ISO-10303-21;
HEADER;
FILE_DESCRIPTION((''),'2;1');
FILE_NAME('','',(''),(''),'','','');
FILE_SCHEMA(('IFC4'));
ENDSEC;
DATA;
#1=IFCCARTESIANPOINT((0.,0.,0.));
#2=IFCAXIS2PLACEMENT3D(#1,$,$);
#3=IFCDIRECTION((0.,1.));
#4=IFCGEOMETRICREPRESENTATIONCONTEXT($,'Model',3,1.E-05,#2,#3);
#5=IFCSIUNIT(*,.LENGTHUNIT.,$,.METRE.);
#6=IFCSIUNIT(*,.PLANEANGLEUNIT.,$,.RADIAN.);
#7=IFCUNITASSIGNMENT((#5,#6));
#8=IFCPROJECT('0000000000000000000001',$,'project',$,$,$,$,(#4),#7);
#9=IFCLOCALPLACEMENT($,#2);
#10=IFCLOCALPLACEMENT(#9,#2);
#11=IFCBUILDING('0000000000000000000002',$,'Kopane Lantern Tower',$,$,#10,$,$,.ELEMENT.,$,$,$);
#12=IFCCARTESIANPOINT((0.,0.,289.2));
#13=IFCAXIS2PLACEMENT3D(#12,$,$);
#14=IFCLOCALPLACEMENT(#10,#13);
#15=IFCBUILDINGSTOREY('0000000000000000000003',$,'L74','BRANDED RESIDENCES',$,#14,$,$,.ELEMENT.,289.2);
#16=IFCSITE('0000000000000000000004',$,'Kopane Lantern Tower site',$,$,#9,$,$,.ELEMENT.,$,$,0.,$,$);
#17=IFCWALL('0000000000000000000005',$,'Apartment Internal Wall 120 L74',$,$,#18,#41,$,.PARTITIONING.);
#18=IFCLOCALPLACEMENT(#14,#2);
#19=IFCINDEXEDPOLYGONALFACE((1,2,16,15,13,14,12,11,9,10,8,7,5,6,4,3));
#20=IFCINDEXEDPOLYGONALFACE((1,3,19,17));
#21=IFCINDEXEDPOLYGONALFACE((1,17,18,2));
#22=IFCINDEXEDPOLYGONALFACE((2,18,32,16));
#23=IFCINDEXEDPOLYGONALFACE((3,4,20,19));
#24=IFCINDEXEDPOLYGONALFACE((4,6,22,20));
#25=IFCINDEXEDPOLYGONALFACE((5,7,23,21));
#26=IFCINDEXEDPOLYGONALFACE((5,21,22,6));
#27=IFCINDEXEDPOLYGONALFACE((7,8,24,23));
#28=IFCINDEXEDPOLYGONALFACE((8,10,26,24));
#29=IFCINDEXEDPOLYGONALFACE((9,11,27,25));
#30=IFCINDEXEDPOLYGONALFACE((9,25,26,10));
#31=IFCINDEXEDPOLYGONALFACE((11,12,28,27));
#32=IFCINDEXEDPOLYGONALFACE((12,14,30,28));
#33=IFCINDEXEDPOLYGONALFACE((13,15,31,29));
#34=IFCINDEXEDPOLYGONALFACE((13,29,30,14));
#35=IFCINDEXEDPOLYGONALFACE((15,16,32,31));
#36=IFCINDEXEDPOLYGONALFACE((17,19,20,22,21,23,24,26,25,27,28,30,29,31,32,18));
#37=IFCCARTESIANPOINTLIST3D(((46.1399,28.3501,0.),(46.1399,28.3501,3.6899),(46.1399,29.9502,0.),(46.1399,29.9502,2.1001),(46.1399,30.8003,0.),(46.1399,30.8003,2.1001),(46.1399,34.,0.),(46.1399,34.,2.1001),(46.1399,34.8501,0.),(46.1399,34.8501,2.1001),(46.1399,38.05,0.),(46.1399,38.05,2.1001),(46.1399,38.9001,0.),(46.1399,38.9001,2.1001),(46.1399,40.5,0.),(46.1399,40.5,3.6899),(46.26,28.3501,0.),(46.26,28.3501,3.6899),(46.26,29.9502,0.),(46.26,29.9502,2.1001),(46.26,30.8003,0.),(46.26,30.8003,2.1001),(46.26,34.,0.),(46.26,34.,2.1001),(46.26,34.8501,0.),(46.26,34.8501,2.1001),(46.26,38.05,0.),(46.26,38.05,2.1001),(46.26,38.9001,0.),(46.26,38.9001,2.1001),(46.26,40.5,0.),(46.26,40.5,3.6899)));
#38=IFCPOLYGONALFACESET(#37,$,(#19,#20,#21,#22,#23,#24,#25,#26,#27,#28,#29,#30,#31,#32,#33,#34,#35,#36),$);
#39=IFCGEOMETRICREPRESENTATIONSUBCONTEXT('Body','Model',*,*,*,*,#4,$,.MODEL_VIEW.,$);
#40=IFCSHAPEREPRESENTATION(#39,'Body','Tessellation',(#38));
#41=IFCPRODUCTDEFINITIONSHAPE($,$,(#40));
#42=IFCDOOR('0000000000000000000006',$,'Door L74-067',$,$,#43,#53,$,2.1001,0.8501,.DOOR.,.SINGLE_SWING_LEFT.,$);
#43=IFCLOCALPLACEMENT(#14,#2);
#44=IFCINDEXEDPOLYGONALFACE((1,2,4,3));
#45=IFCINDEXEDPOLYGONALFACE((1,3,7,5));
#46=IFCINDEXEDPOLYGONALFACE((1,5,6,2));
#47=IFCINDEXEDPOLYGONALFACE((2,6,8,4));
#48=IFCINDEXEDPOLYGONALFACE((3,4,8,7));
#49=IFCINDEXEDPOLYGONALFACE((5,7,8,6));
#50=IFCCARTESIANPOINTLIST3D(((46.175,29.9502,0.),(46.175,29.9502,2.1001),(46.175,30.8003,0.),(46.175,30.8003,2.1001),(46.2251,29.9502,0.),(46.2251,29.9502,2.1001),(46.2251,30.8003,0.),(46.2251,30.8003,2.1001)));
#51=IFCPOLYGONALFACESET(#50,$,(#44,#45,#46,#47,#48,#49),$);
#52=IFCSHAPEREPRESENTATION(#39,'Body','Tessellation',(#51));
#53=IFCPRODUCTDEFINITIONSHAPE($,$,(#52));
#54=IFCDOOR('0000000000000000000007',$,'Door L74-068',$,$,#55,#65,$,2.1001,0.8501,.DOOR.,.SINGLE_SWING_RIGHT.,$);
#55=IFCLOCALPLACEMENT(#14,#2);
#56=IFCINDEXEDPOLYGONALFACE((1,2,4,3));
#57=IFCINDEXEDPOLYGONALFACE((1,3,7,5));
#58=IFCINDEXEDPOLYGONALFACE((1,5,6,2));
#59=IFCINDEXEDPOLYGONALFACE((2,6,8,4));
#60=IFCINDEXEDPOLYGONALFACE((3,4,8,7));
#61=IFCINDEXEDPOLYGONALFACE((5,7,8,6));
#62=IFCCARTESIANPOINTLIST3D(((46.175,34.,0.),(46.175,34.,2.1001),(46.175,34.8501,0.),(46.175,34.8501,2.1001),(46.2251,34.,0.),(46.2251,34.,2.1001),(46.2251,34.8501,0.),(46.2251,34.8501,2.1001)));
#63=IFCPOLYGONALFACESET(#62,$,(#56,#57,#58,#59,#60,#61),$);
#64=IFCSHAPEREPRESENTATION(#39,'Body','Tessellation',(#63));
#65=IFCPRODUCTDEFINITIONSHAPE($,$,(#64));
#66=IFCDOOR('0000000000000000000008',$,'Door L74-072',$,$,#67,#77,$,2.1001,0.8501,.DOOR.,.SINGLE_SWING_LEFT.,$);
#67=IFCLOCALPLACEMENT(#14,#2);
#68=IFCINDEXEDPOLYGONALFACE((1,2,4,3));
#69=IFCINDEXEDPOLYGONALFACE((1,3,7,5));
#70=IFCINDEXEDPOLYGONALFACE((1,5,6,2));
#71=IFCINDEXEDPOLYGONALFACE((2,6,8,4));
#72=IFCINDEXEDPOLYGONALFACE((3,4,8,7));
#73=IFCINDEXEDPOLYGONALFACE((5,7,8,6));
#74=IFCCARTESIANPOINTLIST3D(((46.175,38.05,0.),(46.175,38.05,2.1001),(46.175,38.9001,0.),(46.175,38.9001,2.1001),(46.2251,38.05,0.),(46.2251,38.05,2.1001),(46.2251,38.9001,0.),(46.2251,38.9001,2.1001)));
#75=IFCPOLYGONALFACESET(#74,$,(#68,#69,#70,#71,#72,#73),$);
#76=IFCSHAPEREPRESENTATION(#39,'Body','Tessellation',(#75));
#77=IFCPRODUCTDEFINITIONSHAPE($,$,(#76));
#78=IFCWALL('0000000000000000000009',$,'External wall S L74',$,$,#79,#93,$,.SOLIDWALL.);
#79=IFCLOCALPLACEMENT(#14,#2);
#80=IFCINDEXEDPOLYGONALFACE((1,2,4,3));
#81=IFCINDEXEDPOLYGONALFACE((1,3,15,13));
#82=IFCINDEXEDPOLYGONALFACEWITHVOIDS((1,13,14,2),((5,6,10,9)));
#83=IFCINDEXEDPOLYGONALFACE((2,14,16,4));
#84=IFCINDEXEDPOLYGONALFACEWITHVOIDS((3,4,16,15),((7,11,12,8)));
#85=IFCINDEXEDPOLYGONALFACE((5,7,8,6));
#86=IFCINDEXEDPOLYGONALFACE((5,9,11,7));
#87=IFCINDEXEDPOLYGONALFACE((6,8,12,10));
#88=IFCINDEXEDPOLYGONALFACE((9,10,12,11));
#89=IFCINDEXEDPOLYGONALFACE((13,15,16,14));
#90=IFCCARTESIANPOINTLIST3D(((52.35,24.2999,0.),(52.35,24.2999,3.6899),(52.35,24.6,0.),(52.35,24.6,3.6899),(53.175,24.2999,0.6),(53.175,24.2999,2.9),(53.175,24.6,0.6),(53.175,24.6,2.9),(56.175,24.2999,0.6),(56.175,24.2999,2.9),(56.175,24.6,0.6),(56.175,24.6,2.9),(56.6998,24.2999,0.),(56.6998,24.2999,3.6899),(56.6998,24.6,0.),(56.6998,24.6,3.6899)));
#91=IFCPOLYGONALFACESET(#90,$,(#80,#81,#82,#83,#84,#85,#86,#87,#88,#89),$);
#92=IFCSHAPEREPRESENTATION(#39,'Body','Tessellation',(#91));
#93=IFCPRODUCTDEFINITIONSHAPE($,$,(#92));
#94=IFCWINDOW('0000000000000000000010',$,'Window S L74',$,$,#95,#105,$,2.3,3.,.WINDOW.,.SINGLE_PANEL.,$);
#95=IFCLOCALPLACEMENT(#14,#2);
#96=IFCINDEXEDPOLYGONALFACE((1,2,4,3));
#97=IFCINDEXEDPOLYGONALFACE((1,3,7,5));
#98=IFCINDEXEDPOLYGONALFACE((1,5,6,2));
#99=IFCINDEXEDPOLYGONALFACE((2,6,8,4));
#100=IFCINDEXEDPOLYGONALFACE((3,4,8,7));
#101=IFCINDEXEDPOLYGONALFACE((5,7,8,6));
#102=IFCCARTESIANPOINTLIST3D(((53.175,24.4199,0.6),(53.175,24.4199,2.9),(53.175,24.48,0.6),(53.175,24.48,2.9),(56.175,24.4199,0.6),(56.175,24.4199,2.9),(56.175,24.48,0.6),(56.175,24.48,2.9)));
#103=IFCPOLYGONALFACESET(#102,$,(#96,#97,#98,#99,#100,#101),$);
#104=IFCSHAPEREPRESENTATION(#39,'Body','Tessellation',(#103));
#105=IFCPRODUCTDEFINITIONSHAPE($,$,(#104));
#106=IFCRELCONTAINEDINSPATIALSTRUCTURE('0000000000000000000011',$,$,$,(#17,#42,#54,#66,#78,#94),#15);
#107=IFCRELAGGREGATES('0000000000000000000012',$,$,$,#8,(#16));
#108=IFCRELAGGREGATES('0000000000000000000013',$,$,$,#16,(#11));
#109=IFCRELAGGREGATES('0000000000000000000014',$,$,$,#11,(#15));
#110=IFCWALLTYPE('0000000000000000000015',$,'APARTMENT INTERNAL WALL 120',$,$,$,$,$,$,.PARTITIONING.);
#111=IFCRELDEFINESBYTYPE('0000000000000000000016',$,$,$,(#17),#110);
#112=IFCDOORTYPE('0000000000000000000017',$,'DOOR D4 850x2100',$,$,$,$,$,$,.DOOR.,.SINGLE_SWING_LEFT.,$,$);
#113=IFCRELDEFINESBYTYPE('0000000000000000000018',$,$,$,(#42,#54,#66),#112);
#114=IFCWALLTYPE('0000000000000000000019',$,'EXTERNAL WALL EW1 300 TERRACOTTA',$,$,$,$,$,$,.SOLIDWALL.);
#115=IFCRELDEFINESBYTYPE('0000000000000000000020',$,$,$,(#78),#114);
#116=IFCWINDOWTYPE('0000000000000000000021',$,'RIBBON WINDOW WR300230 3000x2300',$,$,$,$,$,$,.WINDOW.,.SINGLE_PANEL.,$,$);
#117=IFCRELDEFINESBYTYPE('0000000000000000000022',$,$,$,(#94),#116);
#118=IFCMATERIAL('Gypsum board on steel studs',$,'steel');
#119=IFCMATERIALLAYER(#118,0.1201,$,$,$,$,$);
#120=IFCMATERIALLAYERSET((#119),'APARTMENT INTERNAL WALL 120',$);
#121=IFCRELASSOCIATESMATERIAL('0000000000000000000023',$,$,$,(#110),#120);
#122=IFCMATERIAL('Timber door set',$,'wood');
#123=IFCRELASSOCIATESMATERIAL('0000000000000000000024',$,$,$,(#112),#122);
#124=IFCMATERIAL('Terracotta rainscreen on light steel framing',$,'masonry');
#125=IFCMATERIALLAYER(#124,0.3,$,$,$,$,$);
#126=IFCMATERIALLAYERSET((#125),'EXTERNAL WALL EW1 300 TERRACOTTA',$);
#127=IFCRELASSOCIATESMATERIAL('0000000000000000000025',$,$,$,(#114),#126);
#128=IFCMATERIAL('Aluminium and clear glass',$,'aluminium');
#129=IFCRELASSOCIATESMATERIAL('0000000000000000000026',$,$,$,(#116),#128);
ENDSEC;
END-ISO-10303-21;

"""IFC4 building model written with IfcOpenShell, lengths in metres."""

from ifc_helpers import new_model, si_unit, direction, frame, frame_2d, origin, place, context, subcontext, project, spatial, rectangle, extrude, material, layer, layer_set, type_object, element, fill, save


model = new_model("IFC4")

# Units and contexts
model_context = context("Model", 3, precision=1e-05, world=origin(), true_north=direction((0.0, 1.0)))
body_context = subcontext(model_context, "Body", "Model", "MODEL_VIEW")
ifc_project = project(units=[si_unit("LENGTHUNIT", "METRE"), si_unit("PLANEANGLEUNIT", "RADIAN")], contexts=[model_context])

# Site, building, storey
site_placement = place(None, origin())
site = spatial("IfcSite", under=ifc_project, at=site_placement, Name="Kopane Lantern Tower site", CompositionType="ELEMENT", RefElevation=0.0)
building_placement = place(site_placement, origin())
building = spatial("IfcBuilding", under=site, at=building_placement, Name="Kopane Lantern Tower", CompositionType="ELEMENT")
storey_placement = place(building_placement, frame((0.0, 0.0, 289.2)))
storey = spatial("IfcBuildingStorey", under=building, at=storey_placement, Name="L74", Description="BRANDED RESIDENCES", CompositionType="ELEMENT", Elevation=289.2)

# Wall, openings, doors
ifc_material_1 = material(Name="Gypsum board on steel studs", Category="steel")
ifc_layer_1 = layer(ifc_material_1, 0.1201)
ifc_layer_set_1 = layer_set([ifc_layer_1], Name="APARTMENT INTERNAL WALL 120")
wall_type_1 = type_object("IfcWallType", Name="APARTMENT INTERNAL WALL 120", PredefinedType="PARTITIONING", material=ifc_layer_set_1)
wall_1_placement = place(storey_placement, frame((46.2, 28.3501, 0.0), z_axis=(0.0, 0.0, 1.0), x_axis=(0.0, 1.0, 0.0)))
wall_1 = element("IfcWall", 1, at=wall_1_placement, inside=storey, type_object=wall_type_1, Name="Apartment Internal Wall 120 L74", PredefinedType="PARTITIONING", context=body_context, shape_type="SweptSolid", body=[
    extrude(rectangle(XDim=12.1499, YDim=0.1201, at=frame_2d((6.075, 0.0))), origin(), (0.0, 0.0, 1.0), 3.6899),
])
opening_1_placement = place(wall_1_placement, frame((1.6001, 0.0, 0.0)))
opening_1 = element("IfcOpeningElement", 2, at=opening_1_placement, cuts=wall_1, PredefinedType="OPENING", context=body_context, shape_type="SweptSolid", body=[
    extrude(rectangle(XDim=0.8501, YDim=2.1001, at=frame_2d((0.425, 1.05))), frame((0.0, 0.0701, 0.0), z_axis=(0.0, -1.0, 0.0), x_axis=(1.0, 0.0, 0.0)), (0.0, 0.0, 1.0), 0.1401),
])
opening_2_placement = place(wall_1_placement, frame((5.6499, 0.0, 0.0)))
opening_2 = element("IfcOpeningElement", 3, at=opening_2_placement, cuts=wall_1, PredefinedType="OPENING", context=body_context, shape_type="SweptSolid", body=[
    extrude(rectangle(XDim=0.8501, YDim=2.1001, at=frame_2d((0.425, 1.05))), frame((0.0, 0.0701, 0.0), z_axis=(0.0, -1.0, 0.0), x_axis=(1.0, 0.0, 0.0)), (0.0, 0.0, 1.0), 0.1401),
])
opening_3_placement = place(wall_1_placement, frame((9.7, 0.0, 0.0)))
opening_3 = element("IfcOpeningElement", 4, at=opening_3_placement, cuts=wall_1, PredefinedType="OPENING", context=body_context, shape_type="SweptSolid", body=[
    extrude(rectangle(XDim=0.8501, YDim=2.1001, at=frame_2d((0.425, 1.05))), frame((0.0, 0.0701, 0.0), z_axis=(0.0, -1.0, 0.0), x_axis=(1.0, 0.0, 0.0)), (0.0, 0.0, 1.0), 0.1401),
])
ifc_material_2 = material(Name="Timber door set", Category="wood")
door_type = type_object("IfcDoorType", Name="DOOR D4 850x2100", OperationType="SINGLE_SWING_LEFT", PredefinedType="DOOR", material=ifc_material_2)
door_1_placement = place(opening_1_placement, origin())
door_1 = element("IfcDoor", 5, at=door_1_placement, inside=storey, type_object=door_type, Name="Door L74-067", OperationType="SINGLE_SWING_LEFT", OverallHeight=2.1001, OverallWidth=0.8501, PredefinedType="DOOR", context=body_context, shape_type="SweptSolid", body=[
    extrude(rectangle(XDim=0.8501, YDim=2.1001, at=frame_2d((0.425, 1.05))), frame((0.0, 0.0249, 0.0), z_axis=(0.0, -1.0, 0.0), x_axis=(1.0, 0.0, 0.0)), (0.0, 0.0, 1.0), 0.05),
])
fill(opening_1, door_1)
door_2_placement = place(opening_2_placement, origin())
door_2 = element("IfcDoor", 6, at=door_2_placement, inside=storey, type_object=door_type, Name="Door L74-068", OperationType="SINGLE_SWING_RIGHT", OverallHeight=2.1001, OverallWidth=0.8501, PredefinedType="DOOR", context=body_context, shape_type="SweptSolid", body=[
    extrude(rectangle(XDim=0.8501, YDim=2.1001, at=frame_2d((0.425, 1.05))), frame((0.0, 0.0249, 0.0), z_axis=(0.0, -1.0, 0.0), x_axis=(1.0, 0.0, 0.0)), (0.0, 0.0, 1.0), 0.05),
])
fill(opening_2, door_2)
door_3_placement = place(opening_3_placement, origin())
door_3 = element("IfcDoor", 7, at=door_3_placement, inside=storey, type_object=door_type, Name="Door L74-072", OperationType="SINGLE_SWING_LEFT", OverallHeight=2.1001, OverallWidth=0.8501, PredefinedType="DOOR", context=body_context, shape_type="SweptSolid", body=[
    extrude(rectangle(XDim=0.8501, YDim=2.1001, at=frame_2d((0.425, 1.05))), frame((0.0, 0.0249, 0.0), z_axis=(0.0, -1.0, 0.0), x_axis=(1.0, 0.0, 0.0)), (0.0, 0.0, 1.0), 0.05),
])
fill(opening_3, door_3)

# Wall, opening, window
ifc_material_3 = material(Name="Terracotta rainscreen on light steel framing", Category="masonry")
ifc_layer_2 = layer(ifc_material_3, 0.3)
ifc_layer_set_2 = layer_set([ifc_layer_2], Name="EXTERNAL WALL EW1 300 TERRACOTTA")
wall_type_2 = type_object("IfcWallType", Name="EXTERNAL WALL EW1 300 TERRACOTTA", PredefinedType="SOLIDWALL", material=ifc_layer_set_2)
wall_2_placement = place(storey_placement, frame((52.3501, 24.45, 0.0), z_axis=(0.0, 0.0, 1.0), x_axis=(1.0, 0.0, 0.0)))
wall_2 = element("IfcWall", 8, at=wall_2_placement, inside=storey, type_object=wall_type_2, Name="External wall S L74", PredefinedType="SOLIDWALL", context=body_context, shape_type="SweptSolid", body=[
    extrude(rectangle(XDim=4.3499, YDim=0.3, at=frame_2d((2.1748, 0.0))), origin(), (0.0, 0.0, 1.0), 3.6899),
])
opening_4_placement = place(wall_2_placement, frame((0.825, 0.0, 0.6001)))
opening_4 = element("IfcOpeningElement", 9, at=opening_4_placement, cuts=wall_2, PredefinedType="OPENING", context=body_context, shape_type="SweptSolid", body=[
    extrude(rectangle(XDim=3.0, YDim=2.3, at=frame_2d((1.5, 1.1499))), frame((0.0, 0.1599, 0.0), z_axis=(0.0, -1.0, 0.0), x_axis=(1.0, 0.0, 0.0)), (0.0, 0.0, 1.0), 0.3201),
])
ifc_material_4 = material(Name="Aluminium and clear glass", Category="aluminium")
window_type_1 = type_object("IfcWindowType", Name="RIBBON WINDOW WR300230 3000x2300", PartitioningType="SINGLE_PANEL", PredefinedType="WINDOW", material=ifc_material_4)
window_1_placement = place(opening_4_placement, origin())
window_1 = element("IfcWindow", 10, at=window_1_placement, inside=storey, type_object=window_type_1, Name="Window S L74", OverallHeight=2.3, OverallWidth=3.0, PartitioningType="SINGLE_PANEL", PredefinedType="WINDOW", context=body_context, shape_type="SweptSolid", body=[
    extrude(rectangle(XDim=3.0, YDim=2.3, at=frame_2d((1.5, 1.1499))), frame((0.0, 0.03, 0.0), z_axis=(0.0, -1.0, 0.0), x_axis=(1.0, 0.0, 0.0)), (0.0, 0.0, 1.0), 0.0601),
])
fill(opening_4, window_1)

save(model, "model.ifc")
